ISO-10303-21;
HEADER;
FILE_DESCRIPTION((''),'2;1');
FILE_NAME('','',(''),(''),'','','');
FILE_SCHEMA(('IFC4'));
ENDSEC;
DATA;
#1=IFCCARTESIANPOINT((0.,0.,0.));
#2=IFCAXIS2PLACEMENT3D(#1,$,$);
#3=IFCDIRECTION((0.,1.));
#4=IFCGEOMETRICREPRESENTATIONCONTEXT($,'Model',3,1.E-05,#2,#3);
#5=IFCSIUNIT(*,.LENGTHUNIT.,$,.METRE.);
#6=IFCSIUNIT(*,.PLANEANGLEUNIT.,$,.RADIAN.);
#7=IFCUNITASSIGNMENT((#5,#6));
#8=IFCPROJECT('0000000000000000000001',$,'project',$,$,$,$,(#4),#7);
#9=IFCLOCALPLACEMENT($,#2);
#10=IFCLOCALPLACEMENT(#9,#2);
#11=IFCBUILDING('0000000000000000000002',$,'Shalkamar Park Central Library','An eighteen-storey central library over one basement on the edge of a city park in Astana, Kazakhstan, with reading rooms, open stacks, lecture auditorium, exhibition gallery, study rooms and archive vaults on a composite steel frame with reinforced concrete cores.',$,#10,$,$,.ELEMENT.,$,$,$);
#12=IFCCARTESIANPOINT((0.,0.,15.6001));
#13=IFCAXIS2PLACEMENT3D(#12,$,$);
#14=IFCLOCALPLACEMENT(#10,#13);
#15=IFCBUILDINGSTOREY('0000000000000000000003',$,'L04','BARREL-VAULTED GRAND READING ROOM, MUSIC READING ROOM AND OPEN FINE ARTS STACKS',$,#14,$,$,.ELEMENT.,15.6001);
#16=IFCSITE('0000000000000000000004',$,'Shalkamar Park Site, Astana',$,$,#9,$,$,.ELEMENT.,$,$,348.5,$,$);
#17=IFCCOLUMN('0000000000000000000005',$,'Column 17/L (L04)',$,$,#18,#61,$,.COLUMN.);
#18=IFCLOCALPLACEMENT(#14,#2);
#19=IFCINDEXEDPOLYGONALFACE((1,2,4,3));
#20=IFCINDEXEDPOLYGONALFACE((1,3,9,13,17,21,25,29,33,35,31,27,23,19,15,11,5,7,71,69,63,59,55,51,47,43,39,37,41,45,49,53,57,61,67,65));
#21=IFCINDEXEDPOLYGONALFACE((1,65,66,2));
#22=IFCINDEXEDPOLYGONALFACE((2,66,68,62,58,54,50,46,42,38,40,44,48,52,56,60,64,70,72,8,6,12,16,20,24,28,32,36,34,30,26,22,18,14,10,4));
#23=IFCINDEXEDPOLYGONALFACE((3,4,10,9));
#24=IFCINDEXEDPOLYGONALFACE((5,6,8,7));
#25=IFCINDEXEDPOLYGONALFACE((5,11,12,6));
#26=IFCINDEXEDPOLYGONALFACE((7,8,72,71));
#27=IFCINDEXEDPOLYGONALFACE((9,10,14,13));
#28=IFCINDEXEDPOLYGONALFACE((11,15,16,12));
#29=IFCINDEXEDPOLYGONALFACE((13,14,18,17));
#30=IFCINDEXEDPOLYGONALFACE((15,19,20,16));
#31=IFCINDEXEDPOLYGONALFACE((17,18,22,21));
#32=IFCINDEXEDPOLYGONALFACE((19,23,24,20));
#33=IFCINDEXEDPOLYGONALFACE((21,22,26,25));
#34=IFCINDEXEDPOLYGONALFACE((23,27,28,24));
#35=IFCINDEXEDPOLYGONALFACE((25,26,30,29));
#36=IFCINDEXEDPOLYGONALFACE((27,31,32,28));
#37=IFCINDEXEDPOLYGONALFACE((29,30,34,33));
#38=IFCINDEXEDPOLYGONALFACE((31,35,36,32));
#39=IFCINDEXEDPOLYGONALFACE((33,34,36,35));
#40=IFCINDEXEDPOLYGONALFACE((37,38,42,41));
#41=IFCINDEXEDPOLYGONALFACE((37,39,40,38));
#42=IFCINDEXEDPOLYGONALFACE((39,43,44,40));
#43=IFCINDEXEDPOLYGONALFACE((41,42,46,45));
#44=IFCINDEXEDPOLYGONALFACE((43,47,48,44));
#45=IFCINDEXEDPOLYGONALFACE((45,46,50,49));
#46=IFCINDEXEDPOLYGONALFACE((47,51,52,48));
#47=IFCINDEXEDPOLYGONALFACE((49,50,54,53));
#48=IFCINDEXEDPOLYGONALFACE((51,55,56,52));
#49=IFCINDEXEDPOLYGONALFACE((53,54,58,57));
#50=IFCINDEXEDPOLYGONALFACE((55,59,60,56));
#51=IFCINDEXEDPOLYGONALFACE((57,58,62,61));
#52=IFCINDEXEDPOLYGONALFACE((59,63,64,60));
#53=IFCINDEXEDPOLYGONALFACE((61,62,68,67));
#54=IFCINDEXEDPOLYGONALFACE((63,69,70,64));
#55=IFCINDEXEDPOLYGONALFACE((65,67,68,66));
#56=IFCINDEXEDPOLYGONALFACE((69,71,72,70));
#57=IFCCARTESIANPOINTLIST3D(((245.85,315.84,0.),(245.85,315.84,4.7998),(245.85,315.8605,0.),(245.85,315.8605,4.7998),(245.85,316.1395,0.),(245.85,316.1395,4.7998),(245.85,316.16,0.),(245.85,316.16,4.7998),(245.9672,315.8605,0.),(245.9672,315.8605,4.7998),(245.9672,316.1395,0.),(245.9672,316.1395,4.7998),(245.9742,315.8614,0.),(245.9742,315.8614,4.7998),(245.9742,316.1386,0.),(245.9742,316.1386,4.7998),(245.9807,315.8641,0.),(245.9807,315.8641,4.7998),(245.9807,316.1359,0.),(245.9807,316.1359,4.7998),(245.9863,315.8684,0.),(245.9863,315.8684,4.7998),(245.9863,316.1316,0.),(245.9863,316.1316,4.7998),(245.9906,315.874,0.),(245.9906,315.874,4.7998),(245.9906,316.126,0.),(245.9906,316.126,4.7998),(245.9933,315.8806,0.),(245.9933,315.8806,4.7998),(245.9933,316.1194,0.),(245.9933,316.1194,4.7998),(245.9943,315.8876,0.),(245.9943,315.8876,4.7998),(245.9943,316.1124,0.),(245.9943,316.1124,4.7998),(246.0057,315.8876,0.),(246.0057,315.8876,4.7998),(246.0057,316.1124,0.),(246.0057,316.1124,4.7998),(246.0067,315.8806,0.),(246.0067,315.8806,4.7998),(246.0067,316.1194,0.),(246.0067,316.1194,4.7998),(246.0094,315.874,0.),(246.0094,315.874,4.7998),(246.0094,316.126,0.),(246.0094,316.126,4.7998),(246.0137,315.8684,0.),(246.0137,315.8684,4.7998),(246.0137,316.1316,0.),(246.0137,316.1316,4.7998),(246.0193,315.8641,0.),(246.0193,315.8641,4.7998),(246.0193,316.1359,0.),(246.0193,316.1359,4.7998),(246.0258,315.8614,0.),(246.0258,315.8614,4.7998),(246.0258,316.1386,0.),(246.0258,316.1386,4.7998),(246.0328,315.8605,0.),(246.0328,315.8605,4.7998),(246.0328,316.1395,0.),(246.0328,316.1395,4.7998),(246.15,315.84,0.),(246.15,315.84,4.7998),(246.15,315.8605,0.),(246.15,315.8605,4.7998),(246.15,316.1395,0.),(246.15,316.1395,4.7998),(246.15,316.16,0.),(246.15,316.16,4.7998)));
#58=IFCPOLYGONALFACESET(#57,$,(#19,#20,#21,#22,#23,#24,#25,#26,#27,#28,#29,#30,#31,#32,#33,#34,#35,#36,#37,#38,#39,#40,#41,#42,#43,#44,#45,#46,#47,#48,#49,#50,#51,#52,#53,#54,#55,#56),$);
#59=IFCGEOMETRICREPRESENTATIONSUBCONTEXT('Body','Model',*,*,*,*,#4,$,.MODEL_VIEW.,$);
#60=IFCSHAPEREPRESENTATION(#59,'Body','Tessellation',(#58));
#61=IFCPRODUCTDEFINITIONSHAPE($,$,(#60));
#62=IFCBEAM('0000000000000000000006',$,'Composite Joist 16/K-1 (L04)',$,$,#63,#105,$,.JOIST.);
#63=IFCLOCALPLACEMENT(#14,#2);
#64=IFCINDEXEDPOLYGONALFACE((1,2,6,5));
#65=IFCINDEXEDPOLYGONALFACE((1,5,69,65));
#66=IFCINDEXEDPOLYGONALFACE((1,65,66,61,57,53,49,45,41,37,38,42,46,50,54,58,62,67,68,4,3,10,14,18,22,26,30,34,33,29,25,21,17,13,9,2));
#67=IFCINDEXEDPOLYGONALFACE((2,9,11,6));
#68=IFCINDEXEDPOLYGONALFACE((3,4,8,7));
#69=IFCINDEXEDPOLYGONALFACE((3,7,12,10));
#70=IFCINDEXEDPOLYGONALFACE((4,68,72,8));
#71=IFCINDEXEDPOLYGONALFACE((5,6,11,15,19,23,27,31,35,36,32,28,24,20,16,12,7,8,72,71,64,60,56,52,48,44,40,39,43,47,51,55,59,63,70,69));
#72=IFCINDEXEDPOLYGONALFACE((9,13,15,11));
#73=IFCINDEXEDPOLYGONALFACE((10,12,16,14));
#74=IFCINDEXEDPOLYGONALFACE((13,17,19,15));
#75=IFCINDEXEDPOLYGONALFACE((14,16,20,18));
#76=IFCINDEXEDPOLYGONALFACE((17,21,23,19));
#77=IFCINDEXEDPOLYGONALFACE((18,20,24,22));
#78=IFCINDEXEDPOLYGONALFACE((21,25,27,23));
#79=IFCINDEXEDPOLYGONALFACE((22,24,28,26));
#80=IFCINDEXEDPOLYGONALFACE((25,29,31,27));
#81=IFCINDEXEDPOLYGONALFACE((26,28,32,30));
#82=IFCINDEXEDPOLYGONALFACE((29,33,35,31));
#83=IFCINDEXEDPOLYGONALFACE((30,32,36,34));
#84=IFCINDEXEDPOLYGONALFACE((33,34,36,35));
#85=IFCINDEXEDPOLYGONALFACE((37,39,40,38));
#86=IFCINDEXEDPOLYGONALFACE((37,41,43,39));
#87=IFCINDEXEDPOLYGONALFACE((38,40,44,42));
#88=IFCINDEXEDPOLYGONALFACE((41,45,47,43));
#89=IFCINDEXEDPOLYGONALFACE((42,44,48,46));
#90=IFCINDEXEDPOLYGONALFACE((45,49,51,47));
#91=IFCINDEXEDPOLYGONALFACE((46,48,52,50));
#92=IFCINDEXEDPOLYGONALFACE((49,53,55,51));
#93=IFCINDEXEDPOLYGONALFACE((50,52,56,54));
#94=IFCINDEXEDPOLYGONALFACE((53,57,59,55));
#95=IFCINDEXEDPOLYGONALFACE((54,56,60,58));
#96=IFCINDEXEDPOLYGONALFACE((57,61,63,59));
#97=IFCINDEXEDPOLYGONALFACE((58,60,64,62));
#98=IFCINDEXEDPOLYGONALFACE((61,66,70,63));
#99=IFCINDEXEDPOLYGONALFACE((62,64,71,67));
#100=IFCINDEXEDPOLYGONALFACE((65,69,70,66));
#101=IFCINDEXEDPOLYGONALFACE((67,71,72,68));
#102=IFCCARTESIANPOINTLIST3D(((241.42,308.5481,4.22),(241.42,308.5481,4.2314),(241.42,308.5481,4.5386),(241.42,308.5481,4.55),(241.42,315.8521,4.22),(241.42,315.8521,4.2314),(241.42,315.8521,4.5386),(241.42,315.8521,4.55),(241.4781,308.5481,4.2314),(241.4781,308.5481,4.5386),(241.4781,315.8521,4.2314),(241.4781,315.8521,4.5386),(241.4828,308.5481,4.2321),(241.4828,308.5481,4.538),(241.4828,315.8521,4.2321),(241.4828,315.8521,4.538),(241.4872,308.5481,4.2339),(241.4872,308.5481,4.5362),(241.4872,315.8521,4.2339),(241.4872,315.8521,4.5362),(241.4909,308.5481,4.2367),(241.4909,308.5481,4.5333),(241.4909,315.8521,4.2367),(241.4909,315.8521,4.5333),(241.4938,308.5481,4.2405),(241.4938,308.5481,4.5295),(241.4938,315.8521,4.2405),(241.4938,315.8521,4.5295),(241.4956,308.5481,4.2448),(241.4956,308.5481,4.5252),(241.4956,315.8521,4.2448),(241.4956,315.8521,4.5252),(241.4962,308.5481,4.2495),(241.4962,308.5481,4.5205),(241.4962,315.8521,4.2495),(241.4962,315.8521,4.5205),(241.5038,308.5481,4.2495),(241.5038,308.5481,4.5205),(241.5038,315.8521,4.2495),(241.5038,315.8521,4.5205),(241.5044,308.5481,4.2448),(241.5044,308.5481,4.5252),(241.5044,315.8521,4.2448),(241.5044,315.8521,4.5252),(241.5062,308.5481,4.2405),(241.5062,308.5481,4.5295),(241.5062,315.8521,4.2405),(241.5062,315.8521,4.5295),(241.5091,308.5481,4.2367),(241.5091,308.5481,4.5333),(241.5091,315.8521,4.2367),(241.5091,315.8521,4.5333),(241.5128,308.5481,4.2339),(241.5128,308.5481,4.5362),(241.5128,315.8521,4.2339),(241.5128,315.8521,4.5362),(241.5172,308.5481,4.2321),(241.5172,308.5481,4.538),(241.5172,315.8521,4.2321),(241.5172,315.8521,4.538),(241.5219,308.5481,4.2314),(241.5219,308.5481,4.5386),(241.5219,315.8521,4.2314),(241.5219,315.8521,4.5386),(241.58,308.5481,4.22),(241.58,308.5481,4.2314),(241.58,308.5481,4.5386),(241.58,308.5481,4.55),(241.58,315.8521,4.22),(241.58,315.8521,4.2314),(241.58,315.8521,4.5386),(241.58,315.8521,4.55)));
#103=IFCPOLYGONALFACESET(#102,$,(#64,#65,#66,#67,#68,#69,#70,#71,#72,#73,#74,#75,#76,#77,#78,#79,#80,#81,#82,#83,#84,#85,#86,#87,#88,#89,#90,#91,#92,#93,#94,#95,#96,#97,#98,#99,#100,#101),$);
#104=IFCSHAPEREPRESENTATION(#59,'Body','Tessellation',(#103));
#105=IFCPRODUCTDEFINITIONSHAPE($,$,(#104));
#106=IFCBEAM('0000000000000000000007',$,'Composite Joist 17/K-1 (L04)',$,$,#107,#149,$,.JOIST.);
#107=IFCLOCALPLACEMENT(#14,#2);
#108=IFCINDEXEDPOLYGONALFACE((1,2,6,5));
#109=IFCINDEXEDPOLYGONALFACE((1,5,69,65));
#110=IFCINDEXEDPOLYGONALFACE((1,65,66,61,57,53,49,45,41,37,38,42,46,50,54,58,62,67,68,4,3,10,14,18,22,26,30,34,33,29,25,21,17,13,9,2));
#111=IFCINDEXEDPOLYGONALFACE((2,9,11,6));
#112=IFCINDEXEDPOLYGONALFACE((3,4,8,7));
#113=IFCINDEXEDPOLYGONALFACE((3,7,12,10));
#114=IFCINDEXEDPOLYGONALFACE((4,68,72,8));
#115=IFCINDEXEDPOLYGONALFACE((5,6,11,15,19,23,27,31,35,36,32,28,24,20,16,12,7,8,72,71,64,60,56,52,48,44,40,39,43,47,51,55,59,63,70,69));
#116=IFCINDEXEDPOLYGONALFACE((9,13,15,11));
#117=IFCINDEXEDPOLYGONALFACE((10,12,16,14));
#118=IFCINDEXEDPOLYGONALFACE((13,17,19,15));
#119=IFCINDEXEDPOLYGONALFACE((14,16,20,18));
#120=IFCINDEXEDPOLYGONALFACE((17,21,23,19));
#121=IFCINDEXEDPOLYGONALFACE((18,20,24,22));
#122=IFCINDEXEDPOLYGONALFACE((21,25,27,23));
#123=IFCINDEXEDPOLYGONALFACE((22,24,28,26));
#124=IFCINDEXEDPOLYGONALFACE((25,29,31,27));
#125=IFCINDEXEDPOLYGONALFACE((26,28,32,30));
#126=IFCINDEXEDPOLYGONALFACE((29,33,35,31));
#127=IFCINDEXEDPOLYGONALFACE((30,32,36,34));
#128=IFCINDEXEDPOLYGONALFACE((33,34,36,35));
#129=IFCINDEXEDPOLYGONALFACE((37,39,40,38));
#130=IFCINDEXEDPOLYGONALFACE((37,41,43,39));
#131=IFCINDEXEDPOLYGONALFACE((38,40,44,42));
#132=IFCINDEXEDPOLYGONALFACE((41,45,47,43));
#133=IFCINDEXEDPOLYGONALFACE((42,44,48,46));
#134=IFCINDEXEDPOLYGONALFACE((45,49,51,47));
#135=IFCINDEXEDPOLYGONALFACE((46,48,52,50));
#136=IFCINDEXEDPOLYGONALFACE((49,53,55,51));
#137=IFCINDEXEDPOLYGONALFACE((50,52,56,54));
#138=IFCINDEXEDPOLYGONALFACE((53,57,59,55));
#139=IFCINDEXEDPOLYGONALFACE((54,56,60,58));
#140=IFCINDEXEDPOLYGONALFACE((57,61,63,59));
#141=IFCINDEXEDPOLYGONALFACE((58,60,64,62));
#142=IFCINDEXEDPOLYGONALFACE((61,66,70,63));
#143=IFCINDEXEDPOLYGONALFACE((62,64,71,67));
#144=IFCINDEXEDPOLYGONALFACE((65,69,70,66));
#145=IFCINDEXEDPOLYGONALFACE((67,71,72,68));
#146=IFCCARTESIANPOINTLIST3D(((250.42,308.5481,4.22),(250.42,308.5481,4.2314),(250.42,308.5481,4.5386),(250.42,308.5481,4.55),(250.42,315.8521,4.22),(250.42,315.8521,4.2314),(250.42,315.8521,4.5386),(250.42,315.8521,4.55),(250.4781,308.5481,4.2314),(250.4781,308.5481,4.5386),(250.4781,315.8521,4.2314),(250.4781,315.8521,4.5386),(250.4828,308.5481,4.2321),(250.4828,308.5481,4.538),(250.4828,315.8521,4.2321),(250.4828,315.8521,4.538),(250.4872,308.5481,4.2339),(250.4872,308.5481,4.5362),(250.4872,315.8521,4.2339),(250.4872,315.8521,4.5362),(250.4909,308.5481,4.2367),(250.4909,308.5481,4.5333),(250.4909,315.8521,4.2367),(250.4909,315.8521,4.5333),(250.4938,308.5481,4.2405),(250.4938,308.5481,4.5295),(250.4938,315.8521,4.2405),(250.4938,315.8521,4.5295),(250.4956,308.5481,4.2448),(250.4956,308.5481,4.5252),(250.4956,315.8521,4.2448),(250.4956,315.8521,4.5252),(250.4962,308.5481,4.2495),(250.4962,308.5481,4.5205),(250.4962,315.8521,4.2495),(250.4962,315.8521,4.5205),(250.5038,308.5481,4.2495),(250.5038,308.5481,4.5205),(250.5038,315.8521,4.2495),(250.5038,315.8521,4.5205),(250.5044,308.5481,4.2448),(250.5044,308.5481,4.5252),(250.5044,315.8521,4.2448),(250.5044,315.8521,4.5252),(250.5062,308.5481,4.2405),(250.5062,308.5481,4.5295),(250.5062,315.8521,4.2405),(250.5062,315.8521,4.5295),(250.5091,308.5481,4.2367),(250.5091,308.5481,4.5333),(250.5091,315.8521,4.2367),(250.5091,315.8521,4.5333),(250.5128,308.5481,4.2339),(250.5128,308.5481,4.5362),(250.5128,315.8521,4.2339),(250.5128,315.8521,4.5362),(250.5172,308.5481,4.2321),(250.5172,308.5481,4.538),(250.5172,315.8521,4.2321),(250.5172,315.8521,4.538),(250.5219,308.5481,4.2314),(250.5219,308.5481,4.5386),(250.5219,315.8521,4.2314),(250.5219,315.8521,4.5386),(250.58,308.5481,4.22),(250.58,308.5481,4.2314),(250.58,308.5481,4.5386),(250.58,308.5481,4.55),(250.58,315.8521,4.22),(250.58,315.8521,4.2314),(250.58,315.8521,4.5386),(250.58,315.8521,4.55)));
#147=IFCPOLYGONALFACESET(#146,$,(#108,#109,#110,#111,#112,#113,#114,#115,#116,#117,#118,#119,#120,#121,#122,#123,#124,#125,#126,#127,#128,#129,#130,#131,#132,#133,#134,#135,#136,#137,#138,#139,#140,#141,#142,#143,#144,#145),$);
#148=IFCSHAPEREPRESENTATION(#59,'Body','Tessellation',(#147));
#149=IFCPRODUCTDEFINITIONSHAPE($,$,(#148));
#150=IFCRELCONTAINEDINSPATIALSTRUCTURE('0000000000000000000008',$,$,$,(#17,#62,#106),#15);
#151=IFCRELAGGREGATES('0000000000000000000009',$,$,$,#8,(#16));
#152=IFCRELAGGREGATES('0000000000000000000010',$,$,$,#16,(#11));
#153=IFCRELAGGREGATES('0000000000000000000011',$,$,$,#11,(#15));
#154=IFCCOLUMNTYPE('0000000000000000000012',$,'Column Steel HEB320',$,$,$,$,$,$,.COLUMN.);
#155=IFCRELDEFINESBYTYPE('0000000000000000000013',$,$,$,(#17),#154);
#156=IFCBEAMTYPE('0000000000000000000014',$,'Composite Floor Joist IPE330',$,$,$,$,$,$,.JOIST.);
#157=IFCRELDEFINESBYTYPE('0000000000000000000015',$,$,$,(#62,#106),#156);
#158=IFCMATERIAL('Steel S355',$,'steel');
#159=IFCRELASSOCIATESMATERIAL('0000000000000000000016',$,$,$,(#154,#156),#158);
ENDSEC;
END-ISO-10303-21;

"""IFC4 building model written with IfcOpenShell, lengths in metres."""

from ifc_helpers import new_model, si_unit, direction, frame, origin, origin_2d, place, context, subcontext, project, spatial, i_section, extrude, material, material_profile, profile_set, type_object, element, save


model = new_model("IFC4")

# Units and contexts
model_context = context("Model", 3, precision=1e-05, world=origin(), true_north=direction((0.0, 1.0)))
body_context = subcontext(model_context, "Body", "Model", "MODEL_VIEW")
ifc_project = project(units=[si_unit("LENGTHUNIT", "METRE"), si_unit("PLANEANGLEUNIT", "RADIAN")], contexts=[model_context])

# Site, building, storey
site_placement = place(None, origin())
site = spatial("IfcSite", under=ifc_project, at=site_placement, Name="Shalkamar Park Site, Astana", CompositionType="ELEMENT", RefElevation=348.5)
building_placement = place(site_placement, origin())
building = spatial("IfcBuilding", under=site, at=building_placement, Name="Shalkamar Park Central Library", Description="An eighteen-storey central library over one basement on the edge of a city park in Astana, Kazakhstan, with reading rooms, open stacks, lecture auditorium, exhibition gallery, study rooms and archive vaults on a composite steel frame with reinforced concrete cores.", CompositionType="ELEMENT")
storey_placement = place(building_placement, frame((0.0, 0.0, 15.6001)))
storey = spatial("IfcBuildingStorey", under=building, at=storey_placement, Name="L04", Description="BARREL-VAULTED GRAND READING ROOM, MUSIC READING ROOM AND OPEN FINE ARTS STACKS", CompositionType="ELEMENT", Elevation=15.6001)

# Column
ifc_material_1 = material(Name="Steel S355", Category="steel")
ifc_material_profile_1 = material_profile(ifc_material_1, i_section(OverallWidth=0.3, OverallDepth=0.3201, WebThickness=0.0115, FlangeThickness=0.0205, FilletRadius=0.0271, at=origin_2d()), Name="HEB 320")
ifc_profile_set_1 = profile_set([ifc_material_profile_1], Name="Steel S355")
column_type = type_object("IfcColumnType", Name="Column Steel HEB320", PredefinedType="COLUMN", material=ifc_profile_set_1)
column_placement = place(storey_placement, frame((246.0, 316.0, 0.0), z_axis=(0.0, 0.0, 1.0), x_axis=(1.0, 0.0, 0.0)))
element("IfcColumn", 1, at=column_placement, inside=storey, type_object=column_type, Name="Column 17/L (L04)", PredefinedType="COLUMN", context=body_context, shape_type="SweptSolid", body=[
    extrude(i_section(OverallWidth=0.3, OverallDepth=0.3201, WebThickness=0.0115, FlangeThickness=0.0205, FilletRadius=0.0271, at=origin_2d()), origin(), (0.0, 0.0, 1.0), 4.7998),
])

# Beams
ifc_material_profile_2 = material_profile(ifc_material_1, i_section(OverallWidth=0.1599, OverallDepth=0.3301, WebThickness=0.0076, FlangeThickness=0.0115, FilletRadius=0.0181, at=origin_2d()), Name="IPE 330")
ifc_profile_set_2 = profile_set([ifc_material_profile_2], Name="Steel S355")
beam_type_1 = type_object("IfcBeamType", Name="Composite Floor Joist IPE330", PredefinedType="JOIST", material=ifc_profile_set_2)
for number, where, z_axis, x_axis, name in (
    (2, (241.5, 308.5481, 4.385), (0.0, 1.0, 0.0), (-1.0, 0.0, 0.0), "Composite Joist 16/K-1 (L04)"),
    (3, (250.5, 308.5481, 4.385), (0.0, 1.0, 0.0), (-1.0, 0.0, 0.0), "Composite Joist 17/K-1 (L04)"),
):
    element("IfcBeam", number, at=place(storey_placement, frame(where, z_axis=z_axis, x_axis=x_axis)), inside=storey, type_object=beam_type_1, Name=name, PredefinedType="JOIST", context=body_context, shape_type="SweptSolid", body=[
        extrude(i_section(OverallWidth=0.1599, OverallDepth=0.3301, WebThickness=0.0076, FlangeThickness=0.0115, FilletRadius=0.0181, at=origin_2d()), origin(), (0.0, 0.0, 1.0), 7.304),
    ])

save(model, "model.ifc")
